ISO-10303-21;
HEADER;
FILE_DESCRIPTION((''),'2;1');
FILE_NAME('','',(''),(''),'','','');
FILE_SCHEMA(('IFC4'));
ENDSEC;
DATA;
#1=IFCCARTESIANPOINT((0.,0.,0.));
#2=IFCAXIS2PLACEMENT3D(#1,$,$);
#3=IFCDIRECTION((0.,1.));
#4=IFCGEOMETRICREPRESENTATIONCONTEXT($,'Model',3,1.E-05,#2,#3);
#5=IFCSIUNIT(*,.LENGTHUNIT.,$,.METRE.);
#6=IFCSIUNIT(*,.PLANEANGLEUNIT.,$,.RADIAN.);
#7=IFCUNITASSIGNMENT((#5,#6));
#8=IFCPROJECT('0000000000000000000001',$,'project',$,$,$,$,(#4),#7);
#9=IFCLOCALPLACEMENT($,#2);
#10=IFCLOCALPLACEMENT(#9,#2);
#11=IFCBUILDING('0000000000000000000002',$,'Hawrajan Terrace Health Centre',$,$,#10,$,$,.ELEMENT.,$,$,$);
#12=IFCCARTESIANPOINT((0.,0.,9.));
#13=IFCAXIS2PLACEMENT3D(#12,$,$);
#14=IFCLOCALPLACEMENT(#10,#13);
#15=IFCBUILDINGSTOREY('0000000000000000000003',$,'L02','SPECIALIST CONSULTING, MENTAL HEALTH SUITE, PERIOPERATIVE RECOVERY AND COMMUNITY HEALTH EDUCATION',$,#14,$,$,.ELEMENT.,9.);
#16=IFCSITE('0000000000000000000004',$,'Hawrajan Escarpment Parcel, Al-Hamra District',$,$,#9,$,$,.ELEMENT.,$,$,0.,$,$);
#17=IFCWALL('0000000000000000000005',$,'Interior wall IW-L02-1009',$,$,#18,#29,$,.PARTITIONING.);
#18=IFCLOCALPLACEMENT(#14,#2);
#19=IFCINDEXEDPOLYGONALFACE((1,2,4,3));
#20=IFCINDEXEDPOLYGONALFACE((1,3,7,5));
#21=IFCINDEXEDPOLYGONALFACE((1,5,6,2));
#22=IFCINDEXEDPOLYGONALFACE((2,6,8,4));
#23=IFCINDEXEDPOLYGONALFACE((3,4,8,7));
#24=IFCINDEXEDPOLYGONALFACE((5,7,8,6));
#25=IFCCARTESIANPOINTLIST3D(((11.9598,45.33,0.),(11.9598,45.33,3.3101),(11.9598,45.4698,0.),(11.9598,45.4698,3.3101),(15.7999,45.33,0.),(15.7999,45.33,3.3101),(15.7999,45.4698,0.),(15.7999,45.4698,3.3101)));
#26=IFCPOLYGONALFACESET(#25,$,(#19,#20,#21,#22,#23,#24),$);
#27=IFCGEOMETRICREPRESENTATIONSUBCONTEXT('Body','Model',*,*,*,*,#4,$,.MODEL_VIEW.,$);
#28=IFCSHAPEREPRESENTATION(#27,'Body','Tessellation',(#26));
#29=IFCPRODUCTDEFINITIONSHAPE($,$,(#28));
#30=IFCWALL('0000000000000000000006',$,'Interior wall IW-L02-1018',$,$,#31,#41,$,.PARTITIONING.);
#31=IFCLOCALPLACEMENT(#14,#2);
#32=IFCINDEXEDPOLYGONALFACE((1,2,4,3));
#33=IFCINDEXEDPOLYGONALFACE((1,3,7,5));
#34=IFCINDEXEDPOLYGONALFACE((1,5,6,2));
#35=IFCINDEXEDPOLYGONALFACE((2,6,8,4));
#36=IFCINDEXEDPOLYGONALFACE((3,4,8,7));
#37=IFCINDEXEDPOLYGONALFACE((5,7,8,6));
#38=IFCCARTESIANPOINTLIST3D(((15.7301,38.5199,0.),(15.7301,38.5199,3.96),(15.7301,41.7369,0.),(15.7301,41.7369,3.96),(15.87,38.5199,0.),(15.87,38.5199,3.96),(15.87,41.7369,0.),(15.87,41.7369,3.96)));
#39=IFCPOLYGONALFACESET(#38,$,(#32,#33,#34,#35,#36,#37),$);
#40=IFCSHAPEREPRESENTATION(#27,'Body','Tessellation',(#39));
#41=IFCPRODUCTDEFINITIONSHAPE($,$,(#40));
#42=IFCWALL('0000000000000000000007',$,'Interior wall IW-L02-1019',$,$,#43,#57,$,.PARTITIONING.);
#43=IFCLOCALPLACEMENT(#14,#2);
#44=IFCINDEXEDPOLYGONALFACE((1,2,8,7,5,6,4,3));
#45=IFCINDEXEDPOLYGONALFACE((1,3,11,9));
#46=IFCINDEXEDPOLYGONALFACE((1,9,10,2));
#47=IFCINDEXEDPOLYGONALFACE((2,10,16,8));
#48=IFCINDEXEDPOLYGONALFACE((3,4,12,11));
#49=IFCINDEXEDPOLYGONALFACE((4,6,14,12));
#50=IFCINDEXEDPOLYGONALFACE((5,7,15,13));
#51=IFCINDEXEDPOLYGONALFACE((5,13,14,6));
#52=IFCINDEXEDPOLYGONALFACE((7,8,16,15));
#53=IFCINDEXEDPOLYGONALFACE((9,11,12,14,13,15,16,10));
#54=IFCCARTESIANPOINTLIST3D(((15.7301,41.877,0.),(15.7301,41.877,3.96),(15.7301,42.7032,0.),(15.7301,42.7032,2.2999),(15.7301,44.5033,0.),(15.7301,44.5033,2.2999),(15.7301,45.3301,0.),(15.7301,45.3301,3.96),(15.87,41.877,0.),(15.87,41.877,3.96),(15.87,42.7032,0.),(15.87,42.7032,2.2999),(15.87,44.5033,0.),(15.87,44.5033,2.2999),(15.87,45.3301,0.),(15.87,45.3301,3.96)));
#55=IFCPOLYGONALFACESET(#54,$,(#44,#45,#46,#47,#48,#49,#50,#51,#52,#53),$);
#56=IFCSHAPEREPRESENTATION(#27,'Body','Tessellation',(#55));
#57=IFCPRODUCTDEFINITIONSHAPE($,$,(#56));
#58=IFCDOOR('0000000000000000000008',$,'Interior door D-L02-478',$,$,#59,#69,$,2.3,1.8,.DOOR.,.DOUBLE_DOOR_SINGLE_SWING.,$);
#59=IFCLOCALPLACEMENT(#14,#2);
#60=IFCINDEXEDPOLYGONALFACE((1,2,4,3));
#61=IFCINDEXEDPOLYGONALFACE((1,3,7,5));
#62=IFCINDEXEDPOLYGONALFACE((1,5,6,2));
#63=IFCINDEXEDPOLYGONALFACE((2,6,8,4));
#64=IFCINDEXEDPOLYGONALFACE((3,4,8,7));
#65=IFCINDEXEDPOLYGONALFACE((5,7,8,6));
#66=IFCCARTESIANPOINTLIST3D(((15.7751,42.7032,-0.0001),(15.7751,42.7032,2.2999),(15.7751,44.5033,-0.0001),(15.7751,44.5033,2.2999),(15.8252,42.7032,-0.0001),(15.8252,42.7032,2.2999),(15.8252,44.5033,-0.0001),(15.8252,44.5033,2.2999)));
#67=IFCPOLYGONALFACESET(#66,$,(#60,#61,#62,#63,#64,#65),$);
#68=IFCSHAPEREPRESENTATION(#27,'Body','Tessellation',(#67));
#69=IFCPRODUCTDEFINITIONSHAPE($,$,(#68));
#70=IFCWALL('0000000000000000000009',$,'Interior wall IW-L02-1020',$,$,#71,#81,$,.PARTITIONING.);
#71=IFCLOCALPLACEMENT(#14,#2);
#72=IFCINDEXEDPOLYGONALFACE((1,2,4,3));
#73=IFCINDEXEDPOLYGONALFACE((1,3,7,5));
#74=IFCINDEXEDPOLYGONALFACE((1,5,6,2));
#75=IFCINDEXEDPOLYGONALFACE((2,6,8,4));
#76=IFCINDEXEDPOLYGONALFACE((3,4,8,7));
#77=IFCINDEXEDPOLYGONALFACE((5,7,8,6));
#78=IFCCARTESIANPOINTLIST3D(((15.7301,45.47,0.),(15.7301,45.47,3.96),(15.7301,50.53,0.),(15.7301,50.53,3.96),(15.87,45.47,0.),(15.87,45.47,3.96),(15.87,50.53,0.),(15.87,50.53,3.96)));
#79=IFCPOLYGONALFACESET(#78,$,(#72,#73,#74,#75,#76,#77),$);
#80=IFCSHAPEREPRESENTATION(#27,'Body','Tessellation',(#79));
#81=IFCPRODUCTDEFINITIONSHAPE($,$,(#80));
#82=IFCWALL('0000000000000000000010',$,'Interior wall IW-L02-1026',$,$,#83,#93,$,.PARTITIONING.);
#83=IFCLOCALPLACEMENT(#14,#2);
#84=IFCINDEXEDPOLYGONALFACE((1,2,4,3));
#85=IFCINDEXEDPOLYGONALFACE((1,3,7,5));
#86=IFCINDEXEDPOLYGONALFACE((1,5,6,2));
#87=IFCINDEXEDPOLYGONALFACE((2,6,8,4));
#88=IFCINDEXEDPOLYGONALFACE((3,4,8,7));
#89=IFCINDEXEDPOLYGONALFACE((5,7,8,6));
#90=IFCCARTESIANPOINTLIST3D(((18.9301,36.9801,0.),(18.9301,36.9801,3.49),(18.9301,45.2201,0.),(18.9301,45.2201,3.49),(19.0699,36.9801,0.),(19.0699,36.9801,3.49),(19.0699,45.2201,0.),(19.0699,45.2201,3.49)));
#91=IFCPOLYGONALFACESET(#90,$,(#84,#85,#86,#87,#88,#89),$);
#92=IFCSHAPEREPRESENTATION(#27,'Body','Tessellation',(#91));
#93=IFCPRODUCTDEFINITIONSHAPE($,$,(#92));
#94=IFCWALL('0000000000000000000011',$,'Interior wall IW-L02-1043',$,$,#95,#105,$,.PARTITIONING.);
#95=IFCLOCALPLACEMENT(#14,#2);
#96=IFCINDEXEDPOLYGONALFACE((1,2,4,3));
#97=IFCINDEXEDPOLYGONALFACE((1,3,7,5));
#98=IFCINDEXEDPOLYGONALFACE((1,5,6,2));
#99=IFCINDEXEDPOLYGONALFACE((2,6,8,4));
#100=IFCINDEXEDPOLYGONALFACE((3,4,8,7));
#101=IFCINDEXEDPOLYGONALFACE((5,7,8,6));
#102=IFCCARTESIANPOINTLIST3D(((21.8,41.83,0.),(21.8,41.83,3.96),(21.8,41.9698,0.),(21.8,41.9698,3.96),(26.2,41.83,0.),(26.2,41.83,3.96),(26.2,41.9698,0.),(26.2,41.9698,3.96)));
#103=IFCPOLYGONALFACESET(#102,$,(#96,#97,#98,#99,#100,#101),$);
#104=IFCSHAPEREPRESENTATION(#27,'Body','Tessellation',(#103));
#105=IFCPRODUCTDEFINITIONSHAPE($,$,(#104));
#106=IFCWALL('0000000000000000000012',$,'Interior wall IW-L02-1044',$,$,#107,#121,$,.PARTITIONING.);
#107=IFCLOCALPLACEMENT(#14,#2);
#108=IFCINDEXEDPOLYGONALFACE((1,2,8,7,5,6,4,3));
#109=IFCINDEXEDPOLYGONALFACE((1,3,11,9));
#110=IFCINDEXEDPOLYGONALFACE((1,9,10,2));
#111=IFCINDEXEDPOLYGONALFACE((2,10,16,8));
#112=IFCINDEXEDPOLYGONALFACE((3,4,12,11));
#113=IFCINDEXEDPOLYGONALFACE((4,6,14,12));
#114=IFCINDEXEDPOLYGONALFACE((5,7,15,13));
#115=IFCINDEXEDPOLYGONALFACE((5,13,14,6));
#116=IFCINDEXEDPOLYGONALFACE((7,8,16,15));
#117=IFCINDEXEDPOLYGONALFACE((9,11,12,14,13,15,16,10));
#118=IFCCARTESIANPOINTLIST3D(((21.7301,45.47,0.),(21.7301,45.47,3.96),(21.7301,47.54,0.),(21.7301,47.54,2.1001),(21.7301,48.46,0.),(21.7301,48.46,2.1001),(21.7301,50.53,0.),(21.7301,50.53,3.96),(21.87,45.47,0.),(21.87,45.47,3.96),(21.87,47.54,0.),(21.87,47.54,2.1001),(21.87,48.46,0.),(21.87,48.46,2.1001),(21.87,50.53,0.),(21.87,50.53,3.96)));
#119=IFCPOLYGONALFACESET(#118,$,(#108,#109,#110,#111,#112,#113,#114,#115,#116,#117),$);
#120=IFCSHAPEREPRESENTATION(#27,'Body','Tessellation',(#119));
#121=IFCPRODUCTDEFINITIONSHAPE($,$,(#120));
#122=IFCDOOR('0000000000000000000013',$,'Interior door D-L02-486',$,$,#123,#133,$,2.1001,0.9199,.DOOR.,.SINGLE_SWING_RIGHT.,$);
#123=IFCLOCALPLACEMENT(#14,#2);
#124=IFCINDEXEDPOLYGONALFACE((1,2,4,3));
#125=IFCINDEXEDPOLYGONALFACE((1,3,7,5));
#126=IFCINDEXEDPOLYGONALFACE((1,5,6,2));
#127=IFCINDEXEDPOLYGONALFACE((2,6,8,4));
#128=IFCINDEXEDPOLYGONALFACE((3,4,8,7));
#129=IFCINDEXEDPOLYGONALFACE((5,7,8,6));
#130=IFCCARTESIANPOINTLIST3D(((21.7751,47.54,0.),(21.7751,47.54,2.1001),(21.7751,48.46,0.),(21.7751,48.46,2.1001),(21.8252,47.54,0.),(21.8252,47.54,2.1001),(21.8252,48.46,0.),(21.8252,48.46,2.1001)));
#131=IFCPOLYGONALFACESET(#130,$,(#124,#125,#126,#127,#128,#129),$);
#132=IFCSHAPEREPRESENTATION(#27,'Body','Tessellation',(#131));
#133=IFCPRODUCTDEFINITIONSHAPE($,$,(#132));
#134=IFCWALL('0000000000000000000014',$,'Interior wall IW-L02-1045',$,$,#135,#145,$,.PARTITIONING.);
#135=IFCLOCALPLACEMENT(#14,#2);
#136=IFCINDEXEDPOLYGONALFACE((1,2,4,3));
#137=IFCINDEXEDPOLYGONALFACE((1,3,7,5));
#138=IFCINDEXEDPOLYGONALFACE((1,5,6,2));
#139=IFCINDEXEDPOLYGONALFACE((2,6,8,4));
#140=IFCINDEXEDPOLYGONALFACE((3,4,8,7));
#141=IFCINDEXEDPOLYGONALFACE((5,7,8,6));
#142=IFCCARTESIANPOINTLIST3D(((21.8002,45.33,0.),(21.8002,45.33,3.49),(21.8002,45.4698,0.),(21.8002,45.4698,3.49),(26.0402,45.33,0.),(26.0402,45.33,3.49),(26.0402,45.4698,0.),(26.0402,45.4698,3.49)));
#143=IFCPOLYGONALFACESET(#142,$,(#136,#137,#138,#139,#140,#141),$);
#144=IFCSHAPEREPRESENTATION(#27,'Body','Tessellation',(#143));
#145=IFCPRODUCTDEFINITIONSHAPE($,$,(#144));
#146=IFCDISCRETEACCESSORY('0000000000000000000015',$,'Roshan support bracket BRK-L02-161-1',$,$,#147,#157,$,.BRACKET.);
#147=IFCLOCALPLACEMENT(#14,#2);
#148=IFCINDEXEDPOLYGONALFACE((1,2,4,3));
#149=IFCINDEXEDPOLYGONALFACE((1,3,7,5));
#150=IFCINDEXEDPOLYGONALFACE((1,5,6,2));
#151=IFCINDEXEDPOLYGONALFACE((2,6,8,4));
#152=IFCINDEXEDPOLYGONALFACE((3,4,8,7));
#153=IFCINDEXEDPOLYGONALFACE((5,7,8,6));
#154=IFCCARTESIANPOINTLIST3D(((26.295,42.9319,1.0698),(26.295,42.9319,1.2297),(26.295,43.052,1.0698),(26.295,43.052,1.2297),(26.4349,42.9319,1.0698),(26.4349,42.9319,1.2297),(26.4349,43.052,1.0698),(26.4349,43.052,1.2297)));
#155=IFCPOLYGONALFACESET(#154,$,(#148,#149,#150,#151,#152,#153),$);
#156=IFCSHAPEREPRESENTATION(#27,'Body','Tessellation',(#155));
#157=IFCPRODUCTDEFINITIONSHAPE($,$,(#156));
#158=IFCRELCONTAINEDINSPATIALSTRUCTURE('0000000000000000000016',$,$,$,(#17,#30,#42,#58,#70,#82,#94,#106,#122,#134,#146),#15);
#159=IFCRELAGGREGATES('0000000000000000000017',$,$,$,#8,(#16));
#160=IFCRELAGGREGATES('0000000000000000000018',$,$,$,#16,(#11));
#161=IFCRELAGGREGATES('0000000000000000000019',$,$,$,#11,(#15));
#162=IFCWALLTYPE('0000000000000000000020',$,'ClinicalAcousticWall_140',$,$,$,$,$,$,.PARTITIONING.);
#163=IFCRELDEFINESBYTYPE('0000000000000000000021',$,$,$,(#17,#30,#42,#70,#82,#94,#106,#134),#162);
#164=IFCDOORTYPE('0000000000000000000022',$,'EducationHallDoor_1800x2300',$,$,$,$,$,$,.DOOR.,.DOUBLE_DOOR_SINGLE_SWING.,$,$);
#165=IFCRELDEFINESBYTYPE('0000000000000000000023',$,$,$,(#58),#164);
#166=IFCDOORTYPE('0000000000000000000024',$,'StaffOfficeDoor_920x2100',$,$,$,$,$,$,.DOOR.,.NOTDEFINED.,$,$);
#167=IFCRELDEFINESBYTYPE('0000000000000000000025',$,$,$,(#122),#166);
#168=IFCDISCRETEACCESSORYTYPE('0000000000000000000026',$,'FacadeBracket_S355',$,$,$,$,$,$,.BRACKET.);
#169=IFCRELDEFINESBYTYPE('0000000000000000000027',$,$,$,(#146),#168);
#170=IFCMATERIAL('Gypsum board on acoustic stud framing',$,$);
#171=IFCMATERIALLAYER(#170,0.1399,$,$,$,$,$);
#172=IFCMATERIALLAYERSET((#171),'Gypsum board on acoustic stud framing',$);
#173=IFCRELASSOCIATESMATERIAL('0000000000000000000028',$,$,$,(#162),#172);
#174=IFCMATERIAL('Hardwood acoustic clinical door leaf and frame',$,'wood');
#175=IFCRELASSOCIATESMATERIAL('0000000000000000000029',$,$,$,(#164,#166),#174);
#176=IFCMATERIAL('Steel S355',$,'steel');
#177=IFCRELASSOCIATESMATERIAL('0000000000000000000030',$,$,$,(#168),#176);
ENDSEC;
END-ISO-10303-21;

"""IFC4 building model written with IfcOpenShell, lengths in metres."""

from ifc_helpers import new_model, si_unit, direction, frame, frame_2d, origin, origin_2d, place, context, subcontext, project, spatial, rectangle, extrude, material, layer, layer_set, type_object, element, fill, save


model = new_model("IFC4")

# Units and contexts
model_context = context("Model", 3, precision=1e-05, world=origin(), true_north=direction((0.0, 1.0)))
body_context = subcontext(model_context, "Body", "Model", "MODEL_VIEW")
ifc_project = project(units=[si_unit("LENGTHUNIT", "METRE"), si_unit("PLANEANGLEUNIT", "RADIAN")], contexts=[model_context])

# Site, building, storey
site_placement = place(None, origin())
site = spatial("IfcSite", under=ifc_project, at=site_placement, Name="Hawrajan Escarpment Parcel, Al-Hamra District", CompositionType="ELEMENT", RefElevation=0.0)
building_placement = place(site_placement, origin())
building = spatial("IfcBuilding", under=site, at=building_placement, Name="Hawrajan Terrace Health Centre", CompositionType="ELEMENT")
storey_placement = place(building_placement, frame((0.0, 0.0, 9.0)))
storey = spatial("IfcBuildingStorey", under=building, at=storey_placement, Name="L02", Description="SPECIALIST CONSULTING, MENTAL HEALTH SUITE, PERIOPERATIVE RECOVERY AND COMMUNITY HEALTH EDUCATION", CompositionType="ELEMENT", Elevation=9.0)

# Walls
ifc_material_1 = material(Name="Gypsum board on acoustic stud framing")
ifc_layer_1 = layer(ifc_material_1, 0.1399)
ifc_layer_set_1 = layer_set([ifc_layer_1], Name="Gypsum board on acoustic stud framing")
wall_type_1 = type_object("IfcWallType", Name="ClinicalAcousticWall_140", PredefinedType="PARTITIONING", material=ifc_layer_set_1)
wall_1_placement = place(storey_placement, frame((11.96, 45.3999, 0.0), z_axis=(0.0, 0.0, 1.0), x_axis=(1.0, 0.0, 0.0)))
element("IfcWall", 1, at=wall_1_placement, inside=storey, type_object=wall_type_1, Name="Interior wall IW-L02-1009", PredefinedType="PARTITIONING", context=body_context, shape_type="SweptSolid", body=[
    extrude(rectangle(XDim=3.8401, YDim=0.1399, at=frame_2d((1.9199, 0.0))), origin(), (0.0, 0.0, 1.0), 3.3101),
])
wall_2_placement = place(storey_placement, frame((15.8, 38.52, 0.0), z_axis=(0.0, 0.0, 1.0), x_axis=(0.0, 1.0, 0.0)))
element("IfcWall", 2, at=wall_2_placement, inside=storey, type_object=wall_type_1, Name="Interior wall IW-L02-1018", PredefinedType="PARTITIONING", context=body_context, shape_type="SweptSolid", body=[
    extrude(rectangle(XDim=3.217, YDim=0.1399, at=frame_2d((1.6084, 0.0))), origin(), (0.0, 0.0, 1.0), 3.96),
])

# Wall, opening, door
wall_3_placement = place(storey_placement, frame((15.8, 41.877, 0.0), z_axis=(0.0, 0.0, 1.0), x_axis=(0.0, 1.0, 0.0)))
wall_3 = element("IfcWall", 3, at=wall_3_placement, inside=storey, type_object=wall_type_1, Name="Interior wall IW-L02-1019", PredefinedType="PARTITIONING", context=body_context, shape_type="SweptSolid", body=[
    extrude(rectangle(XDim=3.4531, YDim=0.1399, at=frame_2d((1.7266, 0.0))), origin(), (0.0, 0.0, 1.0), 3.96),
])
opening_1_placement = place(wall_3_placement, frame((0.8264, 0.0, 0.0)))
opening_1 = element("IfcOpeningElement", 4, at=opening_1_placement, cuts=wall_3, PredefinedType="OPENING", context=body_context, shape_type="SweptSolid", body=[
    extrude(rectangle(XDim=1.8, YDim=2.3, at=frame_2d((0.8999, 1.1499))), frame((0.0, 0.0798, 0.0), z_axis=(0.0, -1.0, 0.0), x_axis=(1.0, 0.0, 0.0)), (0.0, 0.0, 1.0), 0.1599),
])
ifc_material_2 = material(Name="Hardwood acoustic clinical door leaf and frame", Category="wood")
door_type_1 = type_object("IfcDoorType", Name="EducationHallDoor_1800x2300", OperationType="DOUBLE_DOOR_SINGLE_SWING", PredefinedType="DOOR", material=ifc_material_2)
door_1_placement = place(opening_1_placement, origin())
door_1 = element("IfcDoor", 5, at=door_1_placement, inside=storey, type_object=door_type_1, Name="Interior door D-L02-478", OperationType="DOUBLE_DOOR_SINGLE_SWING", OverallHeight=2.3, OverallWidth=1.8, PredefinedType="DOOR", context=body_context, shape_type="SweptSolid", body=[
    extrude(rectangle(XDim=1.8, YDim=2.3, at=frame_2d((0.8999, 1.1499))), frame((0.0, 0.0249, 0.0), z_axis=(0.0, -1.0, 0.0), x_axis=(1.0, 0.0, 0.0)), (0.0, 0.0, 1.0), 0.05),
])
fill(opening_1, door_1)

# Walls
wall_4_placement = place(storey_placement, frame((15.8, 45.47, 0.0), z_axis=(0.0, 0.0, 1.0), x_axis=(0.0, 1.0, 0.0)))
element("IfcWall", 6, at=wall_4_placement, inside=storey, type_object=wall_type_1, Name="Interior wall IW-L02-1020", PredefinedType="PARTITIONING", context=body_context, shape_type="SweptSolid", body=[
    extrude(rectangle(XDim=5.0601, YDim=0.1399, at=frame_2d((2.53, 0.0))), origin(), (0.0, 0.0, 1.0), 3.96),
])
wall_5_placement = place(storey_placement, frame((19.0, 36.98, 0.0), z_axis=(0.0, 0.0, 1.0), x_axis=(0.0, 1.0, 0.0)))
element("IfcWall", 7, at=wall_5_placement, inside=storey, type_object=wall_type_1, Name="Interior wall IW-L02-1026", PredefinedType="PARTITIONING", context=body_context, shape_type="SweptSolid", body=[
    extrude(rectangle(XDim=8.24, YDim=0.1399, at=frame_2d((4.1201, 0.0))), origin(), (0.0, 0.0, 1.0), 3.49),
])

# Wall
wall_6_placement = place(storey_placement, frame((21.8, 41.8999, 0.0), z_axis=(0.0, 0.0, 1.0), x_axis=(1.0, 0.0, 0.0)))
element("IfcWall", 8, at=wall_6_placement, inside=storey, type_object=wall_type_1, Name="Interior wall IW-L02-1043", PredefinedType="PARTITIONING", context=body_context, shape_type="SweptSolid", body=[
    extrude(rectangle(XDim=4.3999, YDim=0.1399, at=frame_2d((2.2, 0.0))), origin(), (0.0, 0.0, 1.0), 3.96),
])

# Wall, opening, door
wall_7_placement = place(storey_placement, frame((21.8, 45.47, 0.0), z_axis=(0.0, 0.0, 1.0), x_axis=(0.0, 1.0, 0.0)))
wall_7 = element("IfcWall", 9, at=wall_7_placement, inside=storey, type_object=wall_type_1, Name="Interior wall IW-L02-1044", PredefinedType="PARTITIONING", context=body_context, shape_type="SweptSolid", body=[
    extrude(rectangle(XDim=5.0601, YDim=0.1399, at=frame_2d((2.53, 0.0))), origin(), (0.0, 0.0, 1.0), 3.96),
])
opening_2_placement = place(wall_7_placement, frame((2.0701, 0.0, 0.0)))
opening_2 = element("IfcOpeningElement", 10, at=opening_2_placement, cuts=wall_7, PredefinedType="OPENING", context=body_context, shape_type="SweptSolid", body=[
    extrude(rectangle(XDim=0.9199, YDim=2.1001, at=frame_2d((0.46, 1.05))), frame((0.0, 0.0798, 0.0), z_axis=(0.0, -1.0, 0.0), x_axis=(1.0, 0.0, 0.0)), (0.0, 0.0, 1.0), 0.1599),
])
door_type_2 = type_object("IfcDoorType", Name="StaffOfficeDoor_920x2100", OperationType="NOTDEFINED", PredefinedType="DOOR", material=ifc_material_2)
door_2_placement = place(opening_2_placement, origin())
door_2 = element("IfcDoor", 11, at=door_2_placement, inside=storey, type_object=door_type_2, Name="Interior door D-L02-486", OperationType="SINGLE_SWING_RIGHT", OverallHeight=2.1001, OverallWidth=0.9199, PredefinedType="DOOR", context=body_context, shape_type="SweptSolid", body=[
    extrude(rectangle(XDim=0.9199, YDim=2.1001, at=frame_2d((0.46, 1.05))), frame((0.0, 0.0249, 0.0), z_axis=(0.0, -1.0, 0.0), x_axis=(1.0, 0.0, 0.0)), (0.0, 0.0, 1.0), 0.05),
])
fill(opening_2, door_2)

# Wall
wall_8_placement = place(storey_placement, frame((21.8, 45.3999, 0.0), z_axis=(0.0, 0.0, 1.0), x_axis=(1.0, 0.0, 0.0)))
element("IfcWall", 12, at=wall_8_placement, inside=storey, type_object=wall_type_1, Name="Interior wall IW-L02-1045", PredefinedType="PARTITIONING", context=body_context, shape_type="SweptSolid", body=[
    extrude(rectangle(XDim=4.24, YDim=0.1399, at=frame_2d((2.1201, 0.0))), origin(), (0.0, 0.0, 1.0), 3.49),
])

# Discrete accessory
ifc_material_3 = material(Name="Steel S355", Category="steel")
discrete_accessory_type = type_object("IfcDiscreteAccessoryType", Name="FacadeBracket_S355", PredefinedType="BRACKET", material=ifc_material_3)
discrete_accessory_placement = place(storey_placement, frame((26.365, 42.9919, 1.0698), z_axis=(0.0, 0.0, 1.0), x_axis=(0.0, 1.0, 0.0)))
element("IfcDiscreteAccessory", 13, at=discrete_accessory_placement, inside=storey, type_object=discrete_accessory_type, Name="Roshan support bracket BRK-L02-161-1", PredefinedType="BRACKET", context=body_context, shape_type="SweptSolid", body=[
    extrude(rectangle(XDim=0.1201, YDim=0.1399, at=origin_2d()), origin(), (0.0, 0.0, 1.0), 0.1599),
])

save(model, "model.ifc")
